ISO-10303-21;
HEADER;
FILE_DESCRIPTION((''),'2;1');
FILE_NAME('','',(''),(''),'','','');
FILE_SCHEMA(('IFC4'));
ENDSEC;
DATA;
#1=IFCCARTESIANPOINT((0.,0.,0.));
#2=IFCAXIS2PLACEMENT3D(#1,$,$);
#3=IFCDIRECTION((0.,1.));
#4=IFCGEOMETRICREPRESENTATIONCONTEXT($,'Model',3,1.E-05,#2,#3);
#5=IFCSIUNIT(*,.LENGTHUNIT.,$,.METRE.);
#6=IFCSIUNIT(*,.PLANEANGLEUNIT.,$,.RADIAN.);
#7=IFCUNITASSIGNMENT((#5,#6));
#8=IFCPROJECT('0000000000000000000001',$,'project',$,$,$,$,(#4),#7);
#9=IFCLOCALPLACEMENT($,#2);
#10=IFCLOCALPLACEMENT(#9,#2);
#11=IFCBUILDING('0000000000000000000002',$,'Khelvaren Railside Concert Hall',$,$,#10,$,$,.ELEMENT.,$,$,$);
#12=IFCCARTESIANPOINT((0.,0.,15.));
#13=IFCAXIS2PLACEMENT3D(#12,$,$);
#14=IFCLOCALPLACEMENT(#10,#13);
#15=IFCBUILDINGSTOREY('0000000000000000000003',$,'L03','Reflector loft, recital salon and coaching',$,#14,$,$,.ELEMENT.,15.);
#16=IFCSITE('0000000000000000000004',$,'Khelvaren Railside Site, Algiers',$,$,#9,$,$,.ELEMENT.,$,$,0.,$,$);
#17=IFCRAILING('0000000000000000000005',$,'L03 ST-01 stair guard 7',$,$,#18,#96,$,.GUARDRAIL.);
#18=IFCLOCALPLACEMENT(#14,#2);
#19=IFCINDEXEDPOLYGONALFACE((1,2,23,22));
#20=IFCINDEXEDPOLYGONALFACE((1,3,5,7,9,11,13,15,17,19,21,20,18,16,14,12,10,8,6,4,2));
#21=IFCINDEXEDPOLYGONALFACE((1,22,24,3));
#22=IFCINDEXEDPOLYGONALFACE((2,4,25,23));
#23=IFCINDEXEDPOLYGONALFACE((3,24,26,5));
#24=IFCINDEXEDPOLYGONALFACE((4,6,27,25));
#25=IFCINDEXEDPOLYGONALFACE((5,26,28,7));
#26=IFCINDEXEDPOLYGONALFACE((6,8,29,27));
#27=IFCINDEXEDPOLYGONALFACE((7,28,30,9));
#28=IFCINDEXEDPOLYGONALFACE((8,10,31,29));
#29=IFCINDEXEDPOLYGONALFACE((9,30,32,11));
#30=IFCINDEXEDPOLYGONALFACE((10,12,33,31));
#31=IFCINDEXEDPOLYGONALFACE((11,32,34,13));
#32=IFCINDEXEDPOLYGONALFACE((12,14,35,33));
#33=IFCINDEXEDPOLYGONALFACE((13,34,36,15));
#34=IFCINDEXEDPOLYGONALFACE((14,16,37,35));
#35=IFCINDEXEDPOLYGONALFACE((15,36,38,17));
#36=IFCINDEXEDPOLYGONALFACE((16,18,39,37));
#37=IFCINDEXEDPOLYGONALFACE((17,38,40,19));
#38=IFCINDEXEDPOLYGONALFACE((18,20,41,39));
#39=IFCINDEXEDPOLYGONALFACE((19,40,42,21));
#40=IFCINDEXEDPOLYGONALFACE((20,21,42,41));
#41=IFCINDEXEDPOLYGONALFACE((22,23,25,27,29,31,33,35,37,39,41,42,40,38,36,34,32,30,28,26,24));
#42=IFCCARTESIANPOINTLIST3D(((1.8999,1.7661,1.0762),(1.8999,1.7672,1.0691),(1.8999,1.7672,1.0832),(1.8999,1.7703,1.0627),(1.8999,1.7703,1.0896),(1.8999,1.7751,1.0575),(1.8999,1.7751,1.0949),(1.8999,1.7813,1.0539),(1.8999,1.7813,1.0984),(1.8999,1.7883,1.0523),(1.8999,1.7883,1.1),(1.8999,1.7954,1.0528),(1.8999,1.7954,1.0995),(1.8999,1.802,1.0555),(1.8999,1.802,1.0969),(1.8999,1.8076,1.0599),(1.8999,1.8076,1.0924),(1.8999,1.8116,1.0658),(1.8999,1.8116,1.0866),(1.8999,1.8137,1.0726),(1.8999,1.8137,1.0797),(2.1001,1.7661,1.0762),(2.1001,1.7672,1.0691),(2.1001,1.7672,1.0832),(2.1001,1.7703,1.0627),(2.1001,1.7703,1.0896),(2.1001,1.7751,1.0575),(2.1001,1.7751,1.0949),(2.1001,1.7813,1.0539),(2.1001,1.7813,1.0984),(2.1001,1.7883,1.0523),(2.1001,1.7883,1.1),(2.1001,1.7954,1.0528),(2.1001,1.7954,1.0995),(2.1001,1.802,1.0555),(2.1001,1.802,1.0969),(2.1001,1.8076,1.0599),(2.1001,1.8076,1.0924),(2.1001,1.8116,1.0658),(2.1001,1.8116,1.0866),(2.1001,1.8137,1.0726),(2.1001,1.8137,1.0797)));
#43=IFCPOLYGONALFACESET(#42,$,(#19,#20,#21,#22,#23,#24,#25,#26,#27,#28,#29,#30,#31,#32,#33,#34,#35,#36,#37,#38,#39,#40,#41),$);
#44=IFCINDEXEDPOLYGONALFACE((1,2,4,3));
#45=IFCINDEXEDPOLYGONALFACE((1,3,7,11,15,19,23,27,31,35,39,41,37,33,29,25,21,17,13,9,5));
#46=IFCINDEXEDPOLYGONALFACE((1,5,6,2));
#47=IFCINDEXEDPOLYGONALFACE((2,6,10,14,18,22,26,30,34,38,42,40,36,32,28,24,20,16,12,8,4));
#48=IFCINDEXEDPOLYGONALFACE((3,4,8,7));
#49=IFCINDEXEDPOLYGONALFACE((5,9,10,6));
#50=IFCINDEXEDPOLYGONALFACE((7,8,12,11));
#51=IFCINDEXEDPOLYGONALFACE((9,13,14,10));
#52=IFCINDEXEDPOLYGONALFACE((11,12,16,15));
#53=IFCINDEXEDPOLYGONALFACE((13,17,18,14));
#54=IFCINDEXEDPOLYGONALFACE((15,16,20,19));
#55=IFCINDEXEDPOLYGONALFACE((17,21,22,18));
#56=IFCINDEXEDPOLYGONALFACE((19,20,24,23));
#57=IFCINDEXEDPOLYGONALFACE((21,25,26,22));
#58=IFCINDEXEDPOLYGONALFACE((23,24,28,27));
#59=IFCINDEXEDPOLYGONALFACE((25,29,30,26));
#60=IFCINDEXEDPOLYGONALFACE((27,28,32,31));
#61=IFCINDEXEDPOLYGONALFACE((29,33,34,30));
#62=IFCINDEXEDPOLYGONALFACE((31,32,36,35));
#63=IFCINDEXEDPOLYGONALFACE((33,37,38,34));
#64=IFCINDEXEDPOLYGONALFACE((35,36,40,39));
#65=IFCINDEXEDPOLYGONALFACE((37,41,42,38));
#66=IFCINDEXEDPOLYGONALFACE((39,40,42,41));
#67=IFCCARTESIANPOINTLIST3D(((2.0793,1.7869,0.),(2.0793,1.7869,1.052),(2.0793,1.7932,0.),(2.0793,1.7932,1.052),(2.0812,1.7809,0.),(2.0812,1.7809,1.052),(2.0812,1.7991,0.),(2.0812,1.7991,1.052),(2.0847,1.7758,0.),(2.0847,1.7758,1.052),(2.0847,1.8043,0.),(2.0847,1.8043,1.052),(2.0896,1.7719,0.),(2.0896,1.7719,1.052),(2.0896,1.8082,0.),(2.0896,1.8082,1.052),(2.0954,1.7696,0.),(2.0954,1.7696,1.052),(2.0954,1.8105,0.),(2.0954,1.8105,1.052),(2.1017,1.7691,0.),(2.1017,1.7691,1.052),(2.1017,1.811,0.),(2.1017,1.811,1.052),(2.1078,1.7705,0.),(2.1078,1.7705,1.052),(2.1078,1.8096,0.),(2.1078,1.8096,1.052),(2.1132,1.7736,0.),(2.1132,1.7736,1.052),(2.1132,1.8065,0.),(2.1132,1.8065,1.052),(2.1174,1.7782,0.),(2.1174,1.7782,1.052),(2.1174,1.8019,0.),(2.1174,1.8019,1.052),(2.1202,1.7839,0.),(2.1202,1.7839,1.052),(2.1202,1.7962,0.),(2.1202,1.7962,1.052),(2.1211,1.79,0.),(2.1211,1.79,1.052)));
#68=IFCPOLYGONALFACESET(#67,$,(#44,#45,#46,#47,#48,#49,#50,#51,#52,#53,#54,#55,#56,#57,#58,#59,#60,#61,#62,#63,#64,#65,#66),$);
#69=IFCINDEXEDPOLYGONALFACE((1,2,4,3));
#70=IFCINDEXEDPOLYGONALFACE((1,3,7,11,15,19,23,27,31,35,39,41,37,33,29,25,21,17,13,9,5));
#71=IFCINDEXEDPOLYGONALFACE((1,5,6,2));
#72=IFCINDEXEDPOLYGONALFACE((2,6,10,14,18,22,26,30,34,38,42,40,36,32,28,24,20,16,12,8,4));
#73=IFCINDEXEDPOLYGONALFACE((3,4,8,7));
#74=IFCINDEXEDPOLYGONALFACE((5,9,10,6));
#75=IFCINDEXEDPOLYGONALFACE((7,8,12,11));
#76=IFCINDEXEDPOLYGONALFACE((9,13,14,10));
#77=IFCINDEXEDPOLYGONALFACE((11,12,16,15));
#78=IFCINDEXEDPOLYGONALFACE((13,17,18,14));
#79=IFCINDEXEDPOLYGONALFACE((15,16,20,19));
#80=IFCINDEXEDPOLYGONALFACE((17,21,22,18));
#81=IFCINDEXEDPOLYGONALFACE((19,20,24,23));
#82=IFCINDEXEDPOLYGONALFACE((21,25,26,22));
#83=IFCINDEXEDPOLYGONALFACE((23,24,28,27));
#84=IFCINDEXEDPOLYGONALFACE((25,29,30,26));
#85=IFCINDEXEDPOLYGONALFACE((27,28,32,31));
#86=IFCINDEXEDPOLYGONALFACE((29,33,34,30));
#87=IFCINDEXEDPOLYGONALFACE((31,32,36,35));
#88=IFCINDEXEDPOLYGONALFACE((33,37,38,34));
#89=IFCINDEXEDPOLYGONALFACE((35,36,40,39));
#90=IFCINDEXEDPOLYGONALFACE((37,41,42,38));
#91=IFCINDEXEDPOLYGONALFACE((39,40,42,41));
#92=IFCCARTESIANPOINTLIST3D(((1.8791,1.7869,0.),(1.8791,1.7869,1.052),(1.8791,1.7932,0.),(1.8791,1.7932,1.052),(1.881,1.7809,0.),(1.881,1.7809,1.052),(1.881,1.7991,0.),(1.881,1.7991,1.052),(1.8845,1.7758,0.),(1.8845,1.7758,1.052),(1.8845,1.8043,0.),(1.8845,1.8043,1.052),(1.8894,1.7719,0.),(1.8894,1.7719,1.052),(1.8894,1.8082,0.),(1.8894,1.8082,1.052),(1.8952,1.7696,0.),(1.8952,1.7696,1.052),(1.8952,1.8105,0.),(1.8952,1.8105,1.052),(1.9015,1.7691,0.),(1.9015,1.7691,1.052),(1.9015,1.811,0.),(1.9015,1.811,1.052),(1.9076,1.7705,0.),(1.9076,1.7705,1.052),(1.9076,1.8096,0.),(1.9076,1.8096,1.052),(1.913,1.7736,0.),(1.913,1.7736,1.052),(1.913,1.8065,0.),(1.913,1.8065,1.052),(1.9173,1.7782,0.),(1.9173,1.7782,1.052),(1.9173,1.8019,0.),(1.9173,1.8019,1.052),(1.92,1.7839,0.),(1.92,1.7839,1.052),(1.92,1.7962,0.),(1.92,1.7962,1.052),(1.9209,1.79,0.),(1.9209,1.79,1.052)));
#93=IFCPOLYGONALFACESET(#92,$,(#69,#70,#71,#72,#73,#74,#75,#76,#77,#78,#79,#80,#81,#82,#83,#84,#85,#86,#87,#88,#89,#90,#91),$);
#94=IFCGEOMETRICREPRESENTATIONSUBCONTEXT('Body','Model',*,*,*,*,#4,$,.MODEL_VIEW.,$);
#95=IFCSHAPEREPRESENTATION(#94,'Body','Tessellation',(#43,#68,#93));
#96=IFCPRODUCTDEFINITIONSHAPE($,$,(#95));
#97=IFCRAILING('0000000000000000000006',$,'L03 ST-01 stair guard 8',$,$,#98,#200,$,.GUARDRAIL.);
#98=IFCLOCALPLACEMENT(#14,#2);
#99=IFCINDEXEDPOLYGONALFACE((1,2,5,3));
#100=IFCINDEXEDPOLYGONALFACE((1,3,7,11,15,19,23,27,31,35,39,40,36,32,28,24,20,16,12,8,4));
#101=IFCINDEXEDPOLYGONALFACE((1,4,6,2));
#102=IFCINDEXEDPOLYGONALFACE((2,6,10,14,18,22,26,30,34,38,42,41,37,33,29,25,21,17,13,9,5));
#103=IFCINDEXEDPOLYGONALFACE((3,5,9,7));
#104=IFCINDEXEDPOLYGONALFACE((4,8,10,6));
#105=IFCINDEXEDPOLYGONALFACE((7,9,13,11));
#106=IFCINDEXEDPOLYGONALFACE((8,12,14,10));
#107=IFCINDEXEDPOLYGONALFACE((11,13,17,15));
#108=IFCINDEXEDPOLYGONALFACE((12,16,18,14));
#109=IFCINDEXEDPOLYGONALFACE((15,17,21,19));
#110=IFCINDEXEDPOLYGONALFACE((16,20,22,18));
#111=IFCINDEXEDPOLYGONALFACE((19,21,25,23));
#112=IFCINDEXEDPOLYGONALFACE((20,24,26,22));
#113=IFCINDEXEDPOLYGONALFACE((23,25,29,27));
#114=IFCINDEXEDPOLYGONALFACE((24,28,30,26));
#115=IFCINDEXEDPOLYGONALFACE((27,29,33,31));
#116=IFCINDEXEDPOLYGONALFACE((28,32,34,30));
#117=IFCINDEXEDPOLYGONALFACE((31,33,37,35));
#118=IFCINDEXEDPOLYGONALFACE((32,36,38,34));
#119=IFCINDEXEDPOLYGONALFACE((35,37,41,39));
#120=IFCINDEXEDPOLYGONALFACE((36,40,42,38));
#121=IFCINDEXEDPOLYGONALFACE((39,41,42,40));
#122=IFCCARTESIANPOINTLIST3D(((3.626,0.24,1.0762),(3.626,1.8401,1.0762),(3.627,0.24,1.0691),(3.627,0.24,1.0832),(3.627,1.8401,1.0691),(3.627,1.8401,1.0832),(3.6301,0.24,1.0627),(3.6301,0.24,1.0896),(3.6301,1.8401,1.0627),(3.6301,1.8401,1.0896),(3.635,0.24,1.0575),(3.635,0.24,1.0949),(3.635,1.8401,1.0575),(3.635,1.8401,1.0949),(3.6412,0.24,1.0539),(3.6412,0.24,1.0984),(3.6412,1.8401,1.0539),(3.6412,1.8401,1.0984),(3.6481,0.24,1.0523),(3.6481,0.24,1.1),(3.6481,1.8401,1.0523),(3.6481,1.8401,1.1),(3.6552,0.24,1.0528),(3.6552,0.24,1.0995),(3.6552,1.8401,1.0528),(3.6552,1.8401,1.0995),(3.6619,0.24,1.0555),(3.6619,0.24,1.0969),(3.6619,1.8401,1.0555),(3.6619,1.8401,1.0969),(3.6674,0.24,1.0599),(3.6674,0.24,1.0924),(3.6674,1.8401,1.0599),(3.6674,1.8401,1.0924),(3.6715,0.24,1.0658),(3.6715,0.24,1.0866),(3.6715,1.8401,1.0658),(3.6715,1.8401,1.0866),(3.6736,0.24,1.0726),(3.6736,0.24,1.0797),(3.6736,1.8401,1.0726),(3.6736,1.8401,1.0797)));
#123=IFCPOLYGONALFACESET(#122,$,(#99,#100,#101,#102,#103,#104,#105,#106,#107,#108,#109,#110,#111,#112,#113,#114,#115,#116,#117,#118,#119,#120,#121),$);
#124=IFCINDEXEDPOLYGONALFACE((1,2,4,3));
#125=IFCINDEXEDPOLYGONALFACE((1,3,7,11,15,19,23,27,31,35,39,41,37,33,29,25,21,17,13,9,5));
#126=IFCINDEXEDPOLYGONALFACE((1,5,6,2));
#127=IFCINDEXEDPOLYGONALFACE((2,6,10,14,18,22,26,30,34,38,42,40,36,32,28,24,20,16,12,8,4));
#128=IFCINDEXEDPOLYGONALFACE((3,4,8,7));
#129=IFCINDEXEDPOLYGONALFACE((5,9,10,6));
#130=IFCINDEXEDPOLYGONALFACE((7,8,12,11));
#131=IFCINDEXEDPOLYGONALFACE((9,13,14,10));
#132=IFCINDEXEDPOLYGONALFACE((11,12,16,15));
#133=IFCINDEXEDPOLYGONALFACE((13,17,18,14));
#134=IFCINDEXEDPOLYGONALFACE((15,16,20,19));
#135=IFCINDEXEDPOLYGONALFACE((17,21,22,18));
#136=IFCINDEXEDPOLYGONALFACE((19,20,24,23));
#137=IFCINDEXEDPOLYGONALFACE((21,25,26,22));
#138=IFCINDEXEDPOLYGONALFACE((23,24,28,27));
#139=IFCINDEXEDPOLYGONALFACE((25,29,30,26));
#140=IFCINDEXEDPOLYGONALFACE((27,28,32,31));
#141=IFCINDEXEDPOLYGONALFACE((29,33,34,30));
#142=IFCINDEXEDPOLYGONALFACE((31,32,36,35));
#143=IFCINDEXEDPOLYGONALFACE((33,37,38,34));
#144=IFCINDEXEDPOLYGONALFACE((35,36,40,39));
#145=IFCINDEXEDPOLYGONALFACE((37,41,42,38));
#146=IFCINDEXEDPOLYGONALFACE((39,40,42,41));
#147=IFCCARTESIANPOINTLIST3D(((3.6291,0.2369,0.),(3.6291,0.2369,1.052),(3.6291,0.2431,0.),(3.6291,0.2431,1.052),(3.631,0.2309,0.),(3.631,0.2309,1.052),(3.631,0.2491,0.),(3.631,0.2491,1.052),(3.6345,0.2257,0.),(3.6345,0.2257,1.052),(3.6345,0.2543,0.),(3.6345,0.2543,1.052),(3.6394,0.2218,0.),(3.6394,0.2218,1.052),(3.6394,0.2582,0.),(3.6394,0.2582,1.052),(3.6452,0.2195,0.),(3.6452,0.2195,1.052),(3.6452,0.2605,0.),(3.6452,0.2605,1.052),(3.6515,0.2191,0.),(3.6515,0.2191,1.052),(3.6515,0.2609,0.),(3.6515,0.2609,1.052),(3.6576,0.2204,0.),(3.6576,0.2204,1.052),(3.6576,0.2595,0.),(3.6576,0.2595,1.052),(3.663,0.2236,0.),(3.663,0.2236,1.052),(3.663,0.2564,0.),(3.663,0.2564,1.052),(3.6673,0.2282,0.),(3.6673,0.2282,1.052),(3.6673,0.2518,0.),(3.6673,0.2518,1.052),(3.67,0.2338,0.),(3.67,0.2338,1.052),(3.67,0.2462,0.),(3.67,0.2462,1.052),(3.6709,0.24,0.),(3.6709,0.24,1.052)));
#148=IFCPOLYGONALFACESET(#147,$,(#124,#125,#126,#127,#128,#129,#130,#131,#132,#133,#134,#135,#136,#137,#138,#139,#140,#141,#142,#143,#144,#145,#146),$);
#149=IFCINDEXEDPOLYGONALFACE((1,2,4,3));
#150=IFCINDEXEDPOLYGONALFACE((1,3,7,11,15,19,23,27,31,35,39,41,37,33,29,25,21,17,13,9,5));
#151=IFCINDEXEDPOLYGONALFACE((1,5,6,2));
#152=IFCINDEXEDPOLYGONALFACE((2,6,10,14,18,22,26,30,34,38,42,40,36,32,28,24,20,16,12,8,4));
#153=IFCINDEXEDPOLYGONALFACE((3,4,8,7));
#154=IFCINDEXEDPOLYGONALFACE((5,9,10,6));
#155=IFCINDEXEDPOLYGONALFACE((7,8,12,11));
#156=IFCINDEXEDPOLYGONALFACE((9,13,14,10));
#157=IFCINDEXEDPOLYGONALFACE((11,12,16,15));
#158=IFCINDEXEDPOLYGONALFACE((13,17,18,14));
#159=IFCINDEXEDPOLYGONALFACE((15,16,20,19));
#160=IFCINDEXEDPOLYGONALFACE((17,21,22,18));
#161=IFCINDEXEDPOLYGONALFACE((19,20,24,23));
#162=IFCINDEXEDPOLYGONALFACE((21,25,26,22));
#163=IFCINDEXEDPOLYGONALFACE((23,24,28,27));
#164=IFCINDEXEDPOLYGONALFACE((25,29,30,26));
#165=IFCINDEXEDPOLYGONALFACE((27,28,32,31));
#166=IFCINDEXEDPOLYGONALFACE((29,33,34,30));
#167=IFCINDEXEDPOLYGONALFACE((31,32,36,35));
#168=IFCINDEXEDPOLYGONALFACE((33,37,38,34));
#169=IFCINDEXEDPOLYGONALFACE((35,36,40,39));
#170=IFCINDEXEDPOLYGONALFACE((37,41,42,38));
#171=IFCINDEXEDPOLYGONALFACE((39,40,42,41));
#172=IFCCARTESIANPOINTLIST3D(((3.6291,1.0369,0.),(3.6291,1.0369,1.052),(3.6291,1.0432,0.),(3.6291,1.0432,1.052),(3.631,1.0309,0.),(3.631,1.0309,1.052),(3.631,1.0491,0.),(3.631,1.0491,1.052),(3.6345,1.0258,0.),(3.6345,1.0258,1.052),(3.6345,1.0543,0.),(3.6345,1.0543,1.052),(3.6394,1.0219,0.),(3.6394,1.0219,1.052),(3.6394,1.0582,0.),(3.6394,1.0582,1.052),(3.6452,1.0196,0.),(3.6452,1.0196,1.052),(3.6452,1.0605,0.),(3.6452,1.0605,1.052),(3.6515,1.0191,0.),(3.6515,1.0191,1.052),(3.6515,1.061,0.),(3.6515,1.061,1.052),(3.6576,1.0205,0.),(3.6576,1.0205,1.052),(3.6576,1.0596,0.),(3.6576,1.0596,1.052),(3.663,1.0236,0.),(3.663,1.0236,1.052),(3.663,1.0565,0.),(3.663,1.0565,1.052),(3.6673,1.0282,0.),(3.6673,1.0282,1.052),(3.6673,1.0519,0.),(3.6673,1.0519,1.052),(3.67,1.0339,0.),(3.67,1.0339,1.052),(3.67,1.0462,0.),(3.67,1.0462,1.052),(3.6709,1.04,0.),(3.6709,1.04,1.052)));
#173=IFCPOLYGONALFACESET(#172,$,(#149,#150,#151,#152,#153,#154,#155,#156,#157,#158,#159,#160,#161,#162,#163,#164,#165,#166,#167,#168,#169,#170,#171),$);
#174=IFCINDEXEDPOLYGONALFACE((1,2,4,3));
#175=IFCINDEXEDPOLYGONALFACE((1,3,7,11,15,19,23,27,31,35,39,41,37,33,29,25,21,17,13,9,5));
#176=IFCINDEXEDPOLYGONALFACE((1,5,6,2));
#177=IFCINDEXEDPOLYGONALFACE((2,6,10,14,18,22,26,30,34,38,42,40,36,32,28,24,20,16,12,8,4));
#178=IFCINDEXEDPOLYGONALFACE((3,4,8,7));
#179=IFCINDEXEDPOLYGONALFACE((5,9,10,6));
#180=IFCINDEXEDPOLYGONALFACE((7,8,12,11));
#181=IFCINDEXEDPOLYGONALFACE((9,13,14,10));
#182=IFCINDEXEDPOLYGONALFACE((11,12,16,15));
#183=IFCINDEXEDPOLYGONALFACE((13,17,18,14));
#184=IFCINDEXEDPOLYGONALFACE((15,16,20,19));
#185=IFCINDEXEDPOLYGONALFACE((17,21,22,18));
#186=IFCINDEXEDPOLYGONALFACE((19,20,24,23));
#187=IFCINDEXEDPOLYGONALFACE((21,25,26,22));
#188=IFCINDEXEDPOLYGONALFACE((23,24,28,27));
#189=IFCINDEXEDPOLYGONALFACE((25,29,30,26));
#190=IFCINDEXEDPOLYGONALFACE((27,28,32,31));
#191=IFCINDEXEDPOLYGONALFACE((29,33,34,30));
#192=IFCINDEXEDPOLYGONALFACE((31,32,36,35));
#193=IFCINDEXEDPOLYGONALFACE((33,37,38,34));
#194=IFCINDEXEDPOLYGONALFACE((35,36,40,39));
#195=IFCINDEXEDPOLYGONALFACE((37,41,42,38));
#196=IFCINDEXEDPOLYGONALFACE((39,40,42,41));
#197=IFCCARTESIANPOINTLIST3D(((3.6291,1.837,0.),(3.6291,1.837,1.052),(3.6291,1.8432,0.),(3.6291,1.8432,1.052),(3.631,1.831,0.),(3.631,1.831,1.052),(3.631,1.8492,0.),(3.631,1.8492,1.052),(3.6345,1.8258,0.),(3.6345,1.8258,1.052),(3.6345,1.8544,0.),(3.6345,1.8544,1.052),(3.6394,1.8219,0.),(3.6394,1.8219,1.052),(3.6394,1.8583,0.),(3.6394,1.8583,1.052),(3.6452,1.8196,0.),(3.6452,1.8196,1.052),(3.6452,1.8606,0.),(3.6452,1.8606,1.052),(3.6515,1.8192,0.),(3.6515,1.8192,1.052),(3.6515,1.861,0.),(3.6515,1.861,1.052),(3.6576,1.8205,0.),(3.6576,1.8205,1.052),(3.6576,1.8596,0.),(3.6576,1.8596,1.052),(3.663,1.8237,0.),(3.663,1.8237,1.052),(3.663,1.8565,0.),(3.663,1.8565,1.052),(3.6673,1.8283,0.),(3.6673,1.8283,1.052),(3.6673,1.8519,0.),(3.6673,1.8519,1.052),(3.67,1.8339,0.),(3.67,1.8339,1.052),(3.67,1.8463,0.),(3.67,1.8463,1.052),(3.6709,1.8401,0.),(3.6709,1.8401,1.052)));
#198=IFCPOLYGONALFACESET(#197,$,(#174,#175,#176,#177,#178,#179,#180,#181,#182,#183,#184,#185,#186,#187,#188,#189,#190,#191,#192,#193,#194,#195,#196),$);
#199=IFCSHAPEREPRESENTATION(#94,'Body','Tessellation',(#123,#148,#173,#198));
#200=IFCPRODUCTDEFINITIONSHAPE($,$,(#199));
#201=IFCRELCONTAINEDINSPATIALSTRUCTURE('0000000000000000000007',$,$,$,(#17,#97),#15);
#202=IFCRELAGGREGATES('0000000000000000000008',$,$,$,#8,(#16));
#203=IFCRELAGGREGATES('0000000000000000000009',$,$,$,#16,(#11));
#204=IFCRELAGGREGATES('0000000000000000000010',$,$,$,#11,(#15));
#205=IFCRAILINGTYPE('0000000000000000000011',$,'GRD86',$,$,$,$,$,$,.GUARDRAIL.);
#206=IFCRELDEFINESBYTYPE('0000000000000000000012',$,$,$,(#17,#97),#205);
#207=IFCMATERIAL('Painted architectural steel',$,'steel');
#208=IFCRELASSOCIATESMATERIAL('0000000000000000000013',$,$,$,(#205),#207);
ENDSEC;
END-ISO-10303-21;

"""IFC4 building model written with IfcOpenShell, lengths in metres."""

from ifc_helpers import new_model, si_unit, direction, frame, origin, origin_2d, place, context, subcontext, project, spatial, circle, extrude, material, type_object, element, save


model = new_model("IFC4")

# Units and contexts
model_context = context("Model", 3, precision=1e-05, world=origin(), true_north=direction((0.0, 1.0)))
body_context = subcontext(model_context, "Body", "Model", "MODEL_VIEW")
ifc_project = project(units=[si_unit("LENGTHUNIT", "METRE"), si_unit("PLANEANGLEUNIT", "RADIAN")], contexts=[model_context])

# Site, building, storey
site_placement = place(None, origin())
site = spatial("IfcSite", under=ifc_project, at=site_placement, Name="Khelvaren Railside Site, Algiers", CompositionType="ELEMENT", RefElevation=0.0)
building_placement = place(site_placement, origin())
building = spatial("IfcBuilding", under=site, at=building_placement, Name="Khelvaren Railside Concert Hall", CompositionType="ELEMENT")
storey_placement = place(building_placement, frame((0.0, 0.0, 15.0)))
storey = spatial("IfcBuildingStorey", under=building, at=storey_placement, Name="L03", Description="Reflector loft, recital salon and coaching", CompositionType="ELEMENT", Elevation=15.0)

# Railings
ifc_material_1 = material(Name="Painted architectural steel", Category="steel")
railing_type_1 = type_object("IfcRailingType", Name="GRD86", PredefinedType="GUARDRAIL", material=ifc_material_1)
railing_1_placement = place(storey_placement, frame((2.1001, 1.79, 0.0)))
element("IfcRailing", 1, at=railing_1_placement, inside=storey, type_object=railing_type_1, Name="L03 ST-01 stair guard 7", PredefinedType="GUARDRAIL", context=body_context, shape_type="SweptSolid", body=[
    extrude(circle(Radius=0.0239, at=origin_2d()), frame((0.0, 0.0, 1.0762), z_axis=(-1.0, 0.0, 0.0), x_axis=(0.0, -1.0, 0.0)), (0.0, 0.0, 1.0), 0.2002),
    extrude(circle(Radius=0.021, at=origin_2d()), origin(), (0.0, 0.0, 1.0), 1.052),
    extrude(circle(Radius=0.021, at=origin_2d()), frame((-0.2002, 0.0, 0.0)), (0.0, 0.0, 1.0), 1.052),
])
for number, where, name in (
    (2, (3.6499, 0.24, 0.0), "L03 ST-01 stair guard 8"),
):
    element("IfcRailing", number, at=place(storey_placement, frame(where)), inside=storey, type_object=railing_type_1, Name=name, PredefinedType="GUARDRAIL", context=body_context, shape_type="SweptSolid", body=[
        extrude(circle(Radius=0.0239, at=origin_2d()), frame((0.0, 0.0, 1.0762), z_axis=(0.0, 1.0, 0.0), x_axis=(-1.0, 0.0, 0.0)), (0.0, 0.0, 1.0), 1.6001),
        extrude(circle(Radius=0.021, at=origin_2d()), origin(), (0.0, 0.0, 1.0), 1.052),
        extrude(circle(Radius=0.021, at=origin_2d()), frame((0.0, 0.8, 0.0)), (0.0, 0.0, 1.0), 1.052),
        extrude(circle(Radius=0.021, at=origin_2d()), frame((0.0, 1.6001, 0.0)), (0.0, 0.0, 1.0), 1.052),
    ])

save(model, "model.ifc")
